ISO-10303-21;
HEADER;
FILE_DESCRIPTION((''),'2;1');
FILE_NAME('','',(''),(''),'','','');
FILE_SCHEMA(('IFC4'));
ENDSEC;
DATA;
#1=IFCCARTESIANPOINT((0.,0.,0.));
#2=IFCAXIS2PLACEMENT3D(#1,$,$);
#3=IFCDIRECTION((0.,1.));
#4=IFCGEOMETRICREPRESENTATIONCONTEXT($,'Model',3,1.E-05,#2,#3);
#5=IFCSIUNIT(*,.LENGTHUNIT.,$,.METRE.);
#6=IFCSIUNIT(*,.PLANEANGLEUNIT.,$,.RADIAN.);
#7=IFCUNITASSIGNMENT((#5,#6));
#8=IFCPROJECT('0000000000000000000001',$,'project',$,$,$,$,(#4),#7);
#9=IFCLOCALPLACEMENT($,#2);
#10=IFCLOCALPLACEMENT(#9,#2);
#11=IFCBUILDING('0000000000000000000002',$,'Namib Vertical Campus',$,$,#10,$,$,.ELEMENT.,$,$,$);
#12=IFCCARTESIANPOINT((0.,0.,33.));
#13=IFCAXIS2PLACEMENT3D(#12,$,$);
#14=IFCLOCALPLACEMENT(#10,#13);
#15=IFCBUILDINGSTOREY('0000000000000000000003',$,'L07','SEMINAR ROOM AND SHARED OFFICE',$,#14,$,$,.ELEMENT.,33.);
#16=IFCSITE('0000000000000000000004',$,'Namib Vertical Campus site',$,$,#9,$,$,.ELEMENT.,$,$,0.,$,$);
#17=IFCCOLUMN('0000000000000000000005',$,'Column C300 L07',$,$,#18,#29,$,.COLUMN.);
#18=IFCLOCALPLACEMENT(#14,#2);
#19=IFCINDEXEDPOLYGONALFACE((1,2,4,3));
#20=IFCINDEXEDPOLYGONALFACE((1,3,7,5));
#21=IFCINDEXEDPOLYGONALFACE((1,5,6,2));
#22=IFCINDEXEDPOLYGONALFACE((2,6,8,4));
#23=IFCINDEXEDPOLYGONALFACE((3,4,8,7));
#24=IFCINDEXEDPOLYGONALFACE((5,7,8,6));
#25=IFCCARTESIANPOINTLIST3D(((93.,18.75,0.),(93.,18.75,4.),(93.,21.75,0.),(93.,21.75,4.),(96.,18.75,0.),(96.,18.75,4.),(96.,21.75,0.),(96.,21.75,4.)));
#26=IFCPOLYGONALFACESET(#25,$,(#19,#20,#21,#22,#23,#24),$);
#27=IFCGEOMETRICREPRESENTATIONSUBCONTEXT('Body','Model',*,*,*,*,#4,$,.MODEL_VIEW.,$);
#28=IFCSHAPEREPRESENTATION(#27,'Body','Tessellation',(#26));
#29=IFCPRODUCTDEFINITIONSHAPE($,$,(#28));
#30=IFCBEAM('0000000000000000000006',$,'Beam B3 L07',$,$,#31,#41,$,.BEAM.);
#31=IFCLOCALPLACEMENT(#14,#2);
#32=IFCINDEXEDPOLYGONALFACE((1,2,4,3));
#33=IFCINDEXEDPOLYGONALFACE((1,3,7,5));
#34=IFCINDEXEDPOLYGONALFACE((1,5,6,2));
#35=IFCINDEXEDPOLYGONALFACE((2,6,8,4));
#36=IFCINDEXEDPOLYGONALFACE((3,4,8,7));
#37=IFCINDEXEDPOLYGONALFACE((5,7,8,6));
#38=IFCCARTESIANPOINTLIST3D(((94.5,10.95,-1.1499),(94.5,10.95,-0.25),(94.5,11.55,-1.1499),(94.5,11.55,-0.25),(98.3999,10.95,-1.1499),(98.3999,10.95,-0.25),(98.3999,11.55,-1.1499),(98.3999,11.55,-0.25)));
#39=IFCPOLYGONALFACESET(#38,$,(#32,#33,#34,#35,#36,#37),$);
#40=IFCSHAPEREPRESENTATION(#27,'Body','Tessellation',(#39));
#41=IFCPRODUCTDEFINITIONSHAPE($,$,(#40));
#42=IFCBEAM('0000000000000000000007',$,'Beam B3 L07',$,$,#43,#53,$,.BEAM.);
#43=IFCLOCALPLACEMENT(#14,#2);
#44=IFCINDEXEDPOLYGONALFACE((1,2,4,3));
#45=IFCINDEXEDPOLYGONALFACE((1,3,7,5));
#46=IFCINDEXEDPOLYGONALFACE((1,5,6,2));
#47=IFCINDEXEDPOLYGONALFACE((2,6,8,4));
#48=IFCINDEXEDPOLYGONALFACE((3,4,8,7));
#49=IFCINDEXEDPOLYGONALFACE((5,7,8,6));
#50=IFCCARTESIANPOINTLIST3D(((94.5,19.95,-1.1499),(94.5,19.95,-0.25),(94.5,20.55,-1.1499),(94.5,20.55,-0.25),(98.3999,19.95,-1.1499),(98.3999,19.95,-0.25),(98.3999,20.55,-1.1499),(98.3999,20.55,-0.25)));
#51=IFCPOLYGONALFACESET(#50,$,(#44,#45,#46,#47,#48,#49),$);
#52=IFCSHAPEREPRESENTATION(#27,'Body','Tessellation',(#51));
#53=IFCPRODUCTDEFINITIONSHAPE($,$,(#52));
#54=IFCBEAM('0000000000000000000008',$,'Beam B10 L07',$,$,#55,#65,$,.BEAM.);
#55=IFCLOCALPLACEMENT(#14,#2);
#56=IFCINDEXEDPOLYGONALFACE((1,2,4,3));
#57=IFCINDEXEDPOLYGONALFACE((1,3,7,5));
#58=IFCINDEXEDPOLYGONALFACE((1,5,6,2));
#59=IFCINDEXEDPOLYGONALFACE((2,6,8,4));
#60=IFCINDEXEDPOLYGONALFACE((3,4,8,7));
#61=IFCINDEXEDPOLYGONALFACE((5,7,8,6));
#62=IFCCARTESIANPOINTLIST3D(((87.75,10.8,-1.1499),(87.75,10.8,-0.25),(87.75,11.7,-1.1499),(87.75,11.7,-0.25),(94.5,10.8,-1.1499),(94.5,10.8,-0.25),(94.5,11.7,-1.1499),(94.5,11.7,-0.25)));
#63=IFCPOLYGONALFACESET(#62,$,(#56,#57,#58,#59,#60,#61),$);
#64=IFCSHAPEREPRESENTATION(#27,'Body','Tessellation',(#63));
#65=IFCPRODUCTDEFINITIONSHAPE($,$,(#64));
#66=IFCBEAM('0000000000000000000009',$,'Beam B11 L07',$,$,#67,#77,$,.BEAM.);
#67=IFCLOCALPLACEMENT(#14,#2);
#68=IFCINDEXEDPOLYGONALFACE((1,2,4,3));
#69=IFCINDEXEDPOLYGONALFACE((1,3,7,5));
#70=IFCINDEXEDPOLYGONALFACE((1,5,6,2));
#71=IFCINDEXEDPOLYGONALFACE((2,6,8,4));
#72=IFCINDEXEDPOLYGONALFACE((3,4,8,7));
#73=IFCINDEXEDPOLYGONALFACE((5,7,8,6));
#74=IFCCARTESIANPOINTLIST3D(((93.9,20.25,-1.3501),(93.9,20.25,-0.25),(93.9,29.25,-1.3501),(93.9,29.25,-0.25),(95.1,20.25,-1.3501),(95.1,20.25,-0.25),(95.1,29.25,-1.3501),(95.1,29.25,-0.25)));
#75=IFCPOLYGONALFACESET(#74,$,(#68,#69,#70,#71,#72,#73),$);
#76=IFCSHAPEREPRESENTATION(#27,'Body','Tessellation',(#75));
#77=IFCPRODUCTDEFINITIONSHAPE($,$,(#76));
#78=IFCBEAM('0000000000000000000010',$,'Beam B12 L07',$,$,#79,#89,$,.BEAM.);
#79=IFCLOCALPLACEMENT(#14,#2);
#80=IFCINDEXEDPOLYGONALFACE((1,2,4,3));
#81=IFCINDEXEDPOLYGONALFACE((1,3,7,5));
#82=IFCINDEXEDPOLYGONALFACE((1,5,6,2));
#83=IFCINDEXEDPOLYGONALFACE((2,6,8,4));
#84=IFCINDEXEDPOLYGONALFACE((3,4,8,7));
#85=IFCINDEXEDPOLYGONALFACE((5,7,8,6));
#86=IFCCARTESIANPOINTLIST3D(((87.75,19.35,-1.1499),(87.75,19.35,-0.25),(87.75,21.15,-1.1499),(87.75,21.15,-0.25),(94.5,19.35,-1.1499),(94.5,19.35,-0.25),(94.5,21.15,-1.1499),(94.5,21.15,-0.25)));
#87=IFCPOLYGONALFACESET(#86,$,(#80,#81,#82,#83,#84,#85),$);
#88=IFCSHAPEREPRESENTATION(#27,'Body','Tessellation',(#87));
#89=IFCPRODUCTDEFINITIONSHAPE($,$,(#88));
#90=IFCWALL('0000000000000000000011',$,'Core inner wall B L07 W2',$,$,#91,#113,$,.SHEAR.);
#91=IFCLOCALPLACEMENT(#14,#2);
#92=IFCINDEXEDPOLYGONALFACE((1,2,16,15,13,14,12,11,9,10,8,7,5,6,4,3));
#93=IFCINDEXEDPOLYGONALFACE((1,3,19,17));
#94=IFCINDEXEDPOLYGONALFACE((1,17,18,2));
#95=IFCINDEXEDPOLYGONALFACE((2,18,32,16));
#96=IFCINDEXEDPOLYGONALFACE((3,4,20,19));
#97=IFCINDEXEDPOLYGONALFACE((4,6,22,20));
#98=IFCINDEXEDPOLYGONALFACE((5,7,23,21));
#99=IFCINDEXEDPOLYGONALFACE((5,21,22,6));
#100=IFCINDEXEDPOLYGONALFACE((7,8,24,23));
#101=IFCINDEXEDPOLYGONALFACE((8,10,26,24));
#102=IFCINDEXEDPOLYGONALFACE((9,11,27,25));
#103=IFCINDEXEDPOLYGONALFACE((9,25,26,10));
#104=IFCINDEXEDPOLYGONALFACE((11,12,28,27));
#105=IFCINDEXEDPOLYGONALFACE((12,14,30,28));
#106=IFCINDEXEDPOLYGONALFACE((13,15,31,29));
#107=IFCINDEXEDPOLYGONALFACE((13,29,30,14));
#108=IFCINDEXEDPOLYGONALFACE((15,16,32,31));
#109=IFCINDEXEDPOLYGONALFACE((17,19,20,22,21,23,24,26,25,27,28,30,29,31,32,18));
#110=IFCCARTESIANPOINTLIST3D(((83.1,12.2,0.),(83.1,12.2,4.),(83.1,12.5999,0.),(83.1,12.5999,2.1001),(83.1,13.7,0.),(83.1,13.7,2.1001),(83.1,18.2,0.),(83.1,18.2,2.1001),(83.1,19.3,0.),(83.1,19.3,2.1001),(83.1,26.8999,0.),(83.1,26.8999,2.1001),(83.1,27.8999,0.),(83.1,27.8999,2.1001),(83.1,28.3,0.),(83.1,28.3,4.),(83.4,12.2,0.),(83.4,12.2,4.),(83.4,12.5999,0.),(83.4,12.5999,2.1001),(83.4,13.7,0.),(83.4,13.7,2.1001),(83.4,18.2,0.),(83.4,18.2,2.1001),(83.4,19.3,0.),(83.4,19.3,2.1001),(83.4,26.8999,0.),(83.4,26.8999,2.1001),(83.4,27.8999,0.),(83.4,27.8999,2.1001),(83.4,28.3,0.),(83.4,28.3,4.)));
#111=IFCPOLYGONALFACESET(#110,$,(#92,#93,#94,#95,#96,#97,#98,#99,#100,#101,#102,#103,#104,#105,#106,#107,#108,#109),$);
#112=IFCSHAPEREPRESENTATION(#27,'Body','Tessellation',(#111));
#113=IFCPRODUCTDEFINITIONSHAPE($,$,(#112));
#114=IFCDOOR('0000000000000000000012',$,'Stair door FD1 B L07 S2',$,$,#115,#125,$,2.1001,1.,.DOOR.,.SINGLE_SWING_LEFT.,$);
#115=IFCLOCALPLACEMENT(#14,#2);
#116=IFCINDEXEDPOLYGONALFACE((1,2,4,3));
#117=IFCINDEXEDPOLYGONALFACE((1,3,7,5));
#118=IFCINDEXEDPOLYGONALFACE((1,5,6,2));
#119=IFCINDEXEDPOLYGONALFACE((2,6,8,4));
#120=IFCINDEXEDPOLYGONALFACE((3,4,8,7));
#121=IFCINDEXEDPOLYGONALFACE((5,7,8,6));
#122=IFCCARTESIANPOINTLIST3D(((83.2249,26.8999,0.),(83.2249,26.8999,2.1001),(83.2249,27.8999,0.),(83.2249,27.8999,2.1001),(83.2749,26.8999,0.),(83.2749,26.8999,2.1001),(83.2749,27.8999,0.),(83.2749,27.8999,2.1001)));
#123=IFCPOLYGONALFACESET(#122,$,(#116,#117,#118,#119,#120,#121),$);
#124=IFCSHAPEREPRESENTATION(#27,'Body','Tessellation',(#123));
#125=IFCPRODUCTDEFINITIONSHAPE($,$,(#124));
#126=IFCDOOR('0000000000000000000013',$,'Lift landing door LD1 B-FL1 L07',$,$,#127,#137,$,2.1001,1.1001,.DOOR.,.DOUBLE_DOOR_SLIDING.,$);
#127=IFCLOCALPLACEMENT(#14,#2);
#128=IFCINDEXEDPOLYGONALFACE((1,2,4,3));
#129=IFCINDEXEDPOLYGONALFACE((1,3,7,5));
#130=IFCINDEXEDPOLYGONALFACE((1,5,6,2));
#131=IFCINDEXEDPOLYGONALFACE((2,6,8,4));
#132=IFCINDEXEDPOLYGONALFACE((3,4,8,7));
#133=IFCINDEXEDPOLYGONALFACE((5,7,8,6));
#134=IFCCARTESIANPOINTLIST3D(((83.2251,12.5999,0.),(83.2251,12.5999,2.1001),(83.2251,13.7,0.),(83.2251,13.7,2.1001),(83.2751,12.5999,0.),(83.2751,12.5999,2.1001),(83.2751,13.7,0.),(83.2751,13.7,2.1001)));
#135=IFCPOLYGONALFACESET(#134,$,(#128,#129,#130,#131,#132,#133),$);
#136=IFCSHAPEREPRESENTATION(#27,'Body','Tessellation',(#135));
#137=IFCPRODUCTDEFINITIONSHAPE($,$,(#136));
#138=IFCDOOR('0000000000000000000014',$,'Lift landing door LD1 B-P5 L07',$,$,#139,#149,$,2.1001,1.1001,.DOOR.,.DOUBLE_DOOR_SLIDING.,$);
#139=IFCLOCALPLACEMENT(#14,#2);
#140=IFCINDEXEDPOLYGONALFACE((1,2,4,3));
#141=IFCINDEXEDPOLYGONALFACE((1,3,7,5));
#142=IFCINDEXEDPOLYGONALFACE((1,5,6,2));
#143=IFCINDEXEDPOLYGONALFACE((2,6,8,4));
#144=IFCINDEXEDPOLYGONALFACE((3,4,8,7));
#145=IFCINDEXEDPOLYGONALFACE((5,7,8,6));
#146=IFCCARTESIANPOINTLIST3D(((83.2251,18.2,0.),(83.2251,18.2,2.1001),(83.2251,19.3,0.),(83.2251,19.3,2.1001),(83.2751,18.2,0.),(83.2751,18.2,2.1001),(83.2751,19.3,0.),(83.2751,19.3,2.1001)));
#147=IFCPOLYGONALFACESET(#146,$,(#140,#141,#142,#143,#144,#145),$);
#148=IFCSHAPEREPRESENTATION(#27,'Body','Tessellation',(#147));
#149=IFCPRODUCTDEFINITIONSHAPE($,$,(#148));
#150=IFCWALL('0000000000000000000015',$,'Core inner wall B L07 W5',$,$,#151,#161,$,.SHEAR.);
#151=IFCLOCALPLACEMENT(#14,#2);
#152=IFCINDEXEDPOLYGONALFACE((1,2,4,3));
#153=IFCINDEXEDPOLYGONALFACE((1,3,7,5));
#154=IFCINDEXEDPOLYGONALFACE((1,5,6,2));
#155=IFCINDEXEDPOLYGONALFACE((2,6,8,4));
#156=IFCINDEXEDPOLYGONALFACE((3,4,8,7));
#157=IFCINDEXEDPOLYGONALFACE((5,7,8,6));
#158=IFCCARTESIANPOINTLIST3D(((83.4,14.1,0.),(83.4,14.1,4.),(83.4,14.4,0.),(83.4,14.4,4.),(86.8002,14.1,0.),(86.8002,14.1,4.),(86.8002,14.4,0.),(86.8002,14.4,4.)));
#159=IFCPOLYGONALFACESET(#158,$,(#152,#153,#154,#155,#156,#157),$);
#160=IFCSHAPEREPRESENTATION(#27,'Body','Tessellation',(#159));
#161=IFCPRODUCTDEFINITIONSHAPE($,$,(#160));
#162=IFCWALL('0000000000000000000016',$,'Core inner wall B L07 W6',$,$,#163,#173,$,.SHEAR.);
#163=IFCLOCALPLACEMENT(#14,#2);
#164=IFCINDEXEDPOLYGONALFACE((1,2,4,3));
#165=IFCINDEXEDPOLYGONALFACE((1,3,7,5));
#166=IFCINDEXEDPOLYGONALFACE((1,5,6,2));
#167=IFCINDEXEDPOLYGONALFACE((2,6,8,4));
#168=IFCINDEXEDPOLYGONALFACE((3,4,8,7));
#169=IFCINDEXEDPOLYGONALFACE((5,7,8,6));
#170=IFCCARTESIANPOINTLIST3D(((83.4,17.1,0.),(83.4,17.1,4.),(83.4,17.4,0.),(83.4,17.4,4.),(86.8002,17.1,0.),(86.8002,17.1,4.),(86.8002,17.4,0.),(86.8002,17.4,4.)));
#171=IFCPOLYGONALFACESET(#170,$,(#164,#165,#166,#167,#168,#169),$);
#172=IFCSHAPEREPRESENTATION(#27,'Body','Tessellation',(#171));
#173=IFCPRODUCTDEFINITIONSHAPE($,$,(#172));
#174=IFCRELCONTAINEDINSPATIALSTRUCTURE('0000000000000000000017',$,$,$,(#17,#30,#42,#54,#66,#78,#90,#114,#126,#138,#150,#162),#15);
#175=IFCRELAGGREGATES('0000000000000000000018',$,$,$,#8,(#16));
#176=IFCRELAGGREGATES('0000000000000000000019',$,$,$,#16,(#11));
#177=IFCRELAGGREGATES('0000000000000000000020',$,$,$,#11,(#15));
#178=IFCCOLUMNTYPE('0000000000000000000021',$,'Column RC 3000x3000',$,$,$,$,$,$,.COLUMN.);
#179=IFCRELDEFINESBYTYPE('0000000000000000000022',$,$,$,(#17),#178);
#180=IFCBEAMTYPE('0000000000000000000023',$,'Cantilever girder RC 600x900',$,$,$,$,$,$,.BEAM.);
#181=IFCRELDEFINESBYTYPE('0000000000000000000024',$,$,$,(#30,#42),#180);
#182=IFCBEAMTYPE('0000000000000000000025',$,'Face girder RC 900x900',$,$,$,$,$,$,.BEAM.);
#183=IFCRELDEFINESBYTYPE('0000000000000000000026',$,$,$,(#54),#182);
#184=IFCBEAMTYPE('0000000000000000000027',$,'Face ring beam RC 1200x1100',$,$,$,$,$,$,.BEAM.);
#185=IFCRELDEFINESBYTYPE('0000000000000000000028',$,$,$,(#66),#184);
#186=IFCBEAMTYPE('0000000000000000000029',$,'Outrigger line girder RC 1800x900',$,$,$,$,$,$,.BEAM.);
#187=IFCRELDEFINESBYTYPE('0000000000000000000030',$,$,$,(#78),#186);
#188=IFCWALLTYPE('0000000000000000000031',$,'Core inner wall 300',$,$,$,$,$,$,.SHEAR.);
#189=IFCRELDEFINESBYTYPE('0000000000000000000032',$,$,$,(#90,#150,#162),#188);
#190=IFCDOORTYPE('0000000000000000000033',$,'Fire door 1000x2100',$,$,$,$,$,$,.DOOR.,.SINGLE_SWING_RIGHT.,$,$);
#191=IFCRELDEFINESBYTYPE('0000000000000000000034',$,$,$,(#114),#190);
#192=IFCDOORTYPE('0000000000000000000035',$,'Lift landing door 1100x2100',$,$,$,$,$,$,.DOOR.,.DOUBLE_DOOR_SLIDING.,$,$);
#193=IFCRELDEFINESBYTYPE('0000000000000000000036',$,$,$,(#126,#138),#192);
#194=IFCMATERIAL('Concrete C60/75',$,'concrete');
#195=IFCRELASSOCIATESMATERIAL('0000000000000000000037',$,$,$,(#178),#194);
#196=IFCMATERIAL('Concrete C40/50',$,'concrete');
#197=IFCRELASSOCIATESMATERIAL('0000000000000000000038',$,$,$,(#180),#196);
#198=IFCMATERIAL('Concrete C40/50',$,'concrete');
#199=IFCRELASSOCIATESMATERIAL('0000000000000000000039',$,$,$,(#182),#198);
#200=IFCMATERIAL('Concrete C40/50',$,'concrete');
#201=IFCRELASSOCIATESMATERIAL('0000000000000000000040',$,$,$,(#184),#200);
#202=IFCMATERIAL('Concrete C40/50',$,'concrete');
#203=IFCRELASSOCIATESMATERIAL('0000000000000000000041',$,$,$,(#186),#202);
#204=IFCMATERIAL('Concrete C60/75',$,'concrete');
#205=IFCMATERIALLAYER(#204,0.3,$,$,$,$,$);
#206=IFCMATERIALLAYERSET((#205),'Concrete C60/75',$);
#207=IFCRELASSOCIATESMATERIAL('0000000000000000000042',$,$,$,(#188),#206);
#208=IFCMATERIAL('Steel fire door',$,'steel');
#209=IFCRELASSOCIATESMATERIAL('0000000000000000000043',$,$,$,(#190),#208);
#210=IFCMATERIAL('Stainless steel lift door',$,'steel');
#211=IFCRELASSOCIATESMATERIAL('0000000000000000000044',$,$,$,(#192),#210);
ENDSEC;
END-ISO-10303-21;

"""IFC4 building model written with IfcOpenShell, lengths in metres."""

from ifc_helpers import new_model, si_unit, direction, frame, frame_2d, origin, origin_2d, place, context, subcontext, project, spatial, rectangle, extrude, material, layer, layer_set, material_profile, profile_set, type_object, element, fill, save


model = new_model("IFC4")

# Units and contexts
model_context = context("Model", 3, precision=1e-05, world=origin(), true_north=direction((0.0, 1.0)))
body_context = subcontext(model_context, "Body", "Model", "MODEL_VIEW")
ifc_project = project(units=[si_unit("LENGTHUNIT", "METRE"), si_unit("PLANEANGLEUNIT", "RADIAN")], contexts=[model_context])

# Site, building, storey
site_placement = place(None, origin())
site = spatial("IfcSite", under=ifc_project, at=site_placement, Name="Namib Vertical Campus site", CompositionType="ELEMENT", RefElevation=0.0)
building_placement = place(site_placement, origin())
building = spatial("IfcBuilding", under=site, at=building_placement, Name="Namib Vertical Campus", CompositionType="ELEMENT")
storey_placement = place(building_placement, frame((0.0, 0.0, 33.0)))
storey = spatial("IfcBuildingStorey", under=building, at=storey_placement, Name="L07", Description="SEMINAR ROOM AND SHARED OFFICE", CompositionType="ELEMENT", Elevation=33.0)

# Column
ifc_material_1 = material(Name="Concrete C60/75", Category="concrete")
ifc_material_profile_1 = material_profile(ifc_material_1, rectangle(XDim=3.0, YDim=3.0, at=origin_2d()))
ifc_profile_set_1 = profile_set([ifc_material_profile_1], Name="Concrete C60/75")
column_type = type_object("IfcColumnType", Name="Column RC 3000x3000", PredefinedType="COLUMN", material=ifc_profile_set_1)
column_placement = place(storey_placement, frame((94.5, 20.25, 0.0), z_axis=(0.0, 0.0, 1.0), x_axis=(1.0, 0.0, 0.0)))
element("IfcColumn", 1, at=column_placement, inside=storey, type_object=column_type, Name="Column C300 L07", PredefinedType="COLUMN", context=body_context, shape_type="SweptSolid", body=[
    extrude(rectangle(XDim=3.0, YDim=3.0, at=origin_2d()), origin(), (0.0, 0.0, 1.0), 4.0),
])

# Beams
ifc_material_2 = material(Name="Concrete C40/50", Category="concrete")
ifc_material_profile_2 = material_profile(ifc_material_2, rectangle(XDim=0.6001, YDim=0.8999, at=origin_2d()))
ifc_profile_set_2 = profile_set([ifc_material_profile_2], Name="Concrete C40/50")
beam_type_1 = type_object("IfcBeamType", Name="Cantilever girder RC 600x900", PredefinedType="BEAM", material=ifc_profile_set_2)
for number, where, z_axis, x_axis, name in (
    (2, (94.5, 11.25, -0.7), (1.0, 0.0, 0.0), (0.0, 1.0, 0.0), "Beam B3 L07"),
    (3, (94.5, 20.25, -0.7), (1.0, 0.0, 0.0), (0.0, 1.0, 0.0), "Beam B3 L07"),
):
    element("IfcBeam", number, at=place(storey_placement, frame(where, z_axis=z_axis, x_axis=x_axis)), inside=storey, type_object=beam_type_1, Name=name, PredefinedType="BEAM", context=body_context, shape_type="SweptSolid", body=[
        extrude(rectangle(XDim=0.6001, YDim=0.8999, at=origin_2d()), origin(), (0.0, 0.0, 1.0), 3.8999),
    ])
ifc_material_3 = material(Name="Concrete C40/50", Category="concrete")
ifc_material_profile_3 = material_profile(ifc_material_3, rectangle(XDim=0.8999, YDim=0.8999, at=origin_2d()))
ifc_profile_set_3 = profile_set([ifc_material_profile_3], Name="Concrete C40/50")
beam_type_2 = type_object("IfcBeamType", Name="Face girder RC 900x900", PredefinedType="BEAM", material=ifc_profile_set_3)
beam_1_placement = place(storey_placement, frame((94.5, 11.25, -0.7), z_axis=(-1.0, 0.0, 0.0), x_axis=(0.0, -1.0, 0.0)))
element("IfcBeam", 4, at=beam_1_placement, inside=storey, type_object=beam_type_2, Name="Beam B10 L07", PredefinedType="BEAM", context=body_context, shape_type="SweptSolid", body=[
    extrude(rectangle(XDim=0.8999, YDim=0.8999, at=origin_2d()), origin(), (0.0, 0.0, 1.0), 6.75),
])
ifc_material_4 = material(Name="Concrete C40/50", Category="concrete")
ifc_material_profile_4 = material_profile(ifc_material_4, rectangle(XDim=1.2, YDim=1.1001, at=origin_2d()))
ifc_profile_set_4 = profile_set([ifc_material_profile_4], Name="Concrete C40/50")
beam_type_3 = type_object("IfcBeamType", Name="Face ring beam RC 1200x1100", PredefinedType="BEAM", material=ifc_profile_set_4)
beam_2_placement = place(storey_placement, frame((94.5, 20.25, -0.8), z_axis=(0.0, 1.0, 0.0), x_axis=(-1.0, 0.0, 0.0)))
element("IfcBeam", 5, at=beam_2_placement, inside=storey, type_object=beam_type_3, Name="Beam B11 L07", PredefinedType="BEAM", context=body_context, shape_type="SweptSolid", body=[
    extrude(rectangle(XDim=1.2, YDim=1.1001, at=origin_2d()), origin(), (0.0, 0.0, 1.0), 9.0),
])
ifc_material_5 = material(Name="Concrete C40/50", Category="concrete")
ifc_material_profile_5 = material_profile(ifc_material_5, rectangle(XDim=1.8, YDim=0.8999, at=origin_2d()))
ifc_profile_set_5 = profile_set([ifc_material_profile_5], Name="Concrete C40/50")
beam_type_4 = type_object("IfcBeamType", Name="Outrigger line girder RC 1800x900", PredefinedType="BEAM", material=ifc_profile_set_5)
beam_3_placement = place(storey_placement, frame((94.5, 20.25, -0.7), z_axis=(-1.0, 0.0, 0.0), x_axis=(0.0, -1.0, 0.0)))
element("IfcBeam", 6, at=beam_3_placement, inside=storey, type_object=beam_type_4, Name="Beam B12 L07", PredefinedType="BEAM", context=body_context, shape_type="SweptSolid", body=[
    extrude(rectangle(XDim=1.8, YDim=0.8999, at=origin_2d()), origin(), (0.0, 0.0, 1.0), 6.75),
])

# Wall, openings, doors
ifc_material_6 = material(Name="Concrete C60/75", Category="concrete")
ifc_layer_1 = layer(ifc_material_6, 0.3)
ifc_layer_set_1 = layer_set([ifc_layer_1], Name="Concrete C60/75")
wall_type_1 = type_object("IfcWallType", Name="Core inner wall 300", PredefinedType="SHEAR", material=ifc_layer_set_1)
wall_1_placement = place(storey_placement, frame((83.25, 12.2, 0.0), z_axis=(0.0, 0.0, 1.0), x_axis=(0.0, 1.0, 0.0)))
wall_1 = element("IfcWall", 7, at=wall_1_placement, inside=storey, type_object=wall_type_1, Name="Core inner wall B L07 W2", PredefinedType="SHEAR", context=body_context, shape_type="SweptSolid", body=[
    extrude(rectangle(XDim=16.1001, YDim=0.3, at=frame_2d((8.05, 0.0))), origin(), (0.0, 0.0, 1.0), 4.0),
])
opening_1_placement = place(wall_1_placement, frame((14.7, 0.0, 0.0)))
opening_1 = element("IfcOpeningElement", 8, at=opening_1_placement, cuts=wall_1, PredefinedType="OPENING", context=body_context, shape_type="SweptSolid", body=[
    extrude(rectangle(XDim=1.0, YDim=2.1001, at=frame_2d((0.5, 1.05))), frame((0.0, 0.1599, 0.0), z_axis=(0.0, -1.0, 0.0), x_axis=(1.0, 0.0, 0.0)), (0.0, 0.0, 1.0), 0.3201),
])
opening_2_placement = place(wall_1_placement, frame((0.3999, 0.0, 0.0)))
opening_2 = element("IfcOpeningElement", 9, at=opening_2_placement, cuts=wall_1, PredefinedType="OPENING", context=body_context, shape_type="SweptSolid", body=[
    extrude(rectangle(XDim=1.1001, YDim=2.1001, at=frame_2d((0.55, 1.05))), frame((0.0, 0.1599, 0.0), z_axis=(0.0, -1.0, 0.0), x_axis=(1.0, 0.0, 0.0)), (0.0, 0.0, 1.0), 0.3201),
])
opening_3_placement = place(wall_1_placement, frame((6.0, 0.0, 0.0)))
opening_3 = element("IfcOpeningElement", 10, at=opening_3_placement, cuts=wall_1, PredefinedType="OPENING", context=body_context, shape_type="SweptSolid", body=[
    extrude(rectangle(XDim=1.1001, YDim=2.1001, at=frame_2d((0.55, 1.05))), frame((0.0, 0.1599, 0.0), z_axis=(0.0, -1.0, 0.0), x_axis=(1.0, 0.0, 0.0)), (0.0, 0.0, 1.0), 0.3201),
])
ifc_material_7 = material(Name="Steel fire door", Category="steel")
door_type_1 = type_object("IfcDoorType", Name="Fire door 1000x2100", OperationType="SINGLE_SWING_RIGHT", PredefinedType="DOOR", material=ifc_material_7)
door_1_placement = place(opening_1_placement, frame((1.0, 0.0, 0.0), z_axis=(0.0, 0.0, 1.0), x_axis=(-1.0, 0.0, 0.0)))
door_1 = element("IfcDoor", 11, at=door_1_placement, inside=storey, type_object=door_type_1, Name="Stair door FD1 B L07 S2", OperationType="SINGLE_SWING_LEFT", OverallHeight=2.1001, OverallWidth=1.0, PredefinedType="DOOR", context=body_context, shape_type="SweptSolid", body=[
    extrude(rectangle(XDim=1.0, YDim=2.1001, at=frame_2d((0.5, 1.05))), frame((0.0, 0.0249, 0.0), z_axis=(0.0, -1.0, 0.0), x_axis=(1.0, 0.0, 0.0)), (0.0, 0.0, 1.0), 0.05),
])
fill(opening_1, door_1)
ifc_material_8 = material(Name="Stainless steel lift door", Category="steel")
door_type_2 = type_object("IfcDoorType", Name="Lift landing door 1100x2100", OperationType="DOUBLE_DOOR_SLIDING", PredefinedType="DOOR", material=ifc_material_8)
door_2_placement = place(opening_2_placement, origin())
door_2 = element("IfcDoor", 12, at=door_2_placement, inside=storey, type_object=door_type_2, Name="Lift landing door LD1 B-FL1 L07", OperationType="DOUBLE_DOOR_SLIDING", OverallHeight=2.1001, OverallWidth=1.1001, PredefinedType="DOOR", context=body_context, shape_type="SweptSolid", body=[
    extrude(rectangle(XDim=1.1001, YDim=2.1001, at=frame_2d((0.55, 1.05))), frame((0.0, 0.0249, 0.0), z_axis=(0.0, -1.0, 0.0), x_axis=(1.0, 0.0, 0.0)), (0.0, 0.0, 1.0), 0.05),
])
fill(opening_2, door_2)
door_3_placement = place(opening_3_placement, origin())
door_3 = element("IfcDoor", 13, at=door_3_placement, inside=storey, type_object=door_type_2, Name="Lift landing door LD1 B-P5 L07", OperationType="DOUBLE_DOOR_SLIDING", OverallHeight=2.1001, OverallWidth=1.1001, PredefinedType="DOOR", context=body_context, shape_type="SweptSolid", body=[
    extrude(rectangle(XDim=1.1001, YDim=2.1001, at=frame_2d((0.55, 1.05))), frame((0.0, 0.0249, 0.0), z_axis=(0.0, -1.0, 0.0), x_axis=(1.0, 0.0, 0.0)), (0.0, 0.0, 1.0), 0.05),
])
fill(opening_3, door_3)

# Walls
for number, where, z_axis, x_axis, name in (
    (14, (83.3999, 14.25, 0.0), (0.0, 0.0, 1.0), (1.0, 0.0, 0.0), "Core inner wall B L07 W5"),
    (15, (83.3999, 17.25, 0.0), (0.0, 0.0, 1.0), (1.0, 0.0, 0.0), "Core inner wall B L07 W6"),
):
    element("IfcWall", number, at=place(storey_placement, frame(where, z_axis=z_axis, x_axis=x_axis)), inside=storey, type_object=wall_type_1, Name=name, PredefinedType="SHEAR", context=body_context, shape_type="SweptSolid", body=[
        extrude(rectangle(XDim=3.4001, YDim=0.3, at=frame_2d((1.7002, 0.0))), origin(), (0.0, 0.0, 1.0), 4.0),
    ])

save(model, "model.ifc")
